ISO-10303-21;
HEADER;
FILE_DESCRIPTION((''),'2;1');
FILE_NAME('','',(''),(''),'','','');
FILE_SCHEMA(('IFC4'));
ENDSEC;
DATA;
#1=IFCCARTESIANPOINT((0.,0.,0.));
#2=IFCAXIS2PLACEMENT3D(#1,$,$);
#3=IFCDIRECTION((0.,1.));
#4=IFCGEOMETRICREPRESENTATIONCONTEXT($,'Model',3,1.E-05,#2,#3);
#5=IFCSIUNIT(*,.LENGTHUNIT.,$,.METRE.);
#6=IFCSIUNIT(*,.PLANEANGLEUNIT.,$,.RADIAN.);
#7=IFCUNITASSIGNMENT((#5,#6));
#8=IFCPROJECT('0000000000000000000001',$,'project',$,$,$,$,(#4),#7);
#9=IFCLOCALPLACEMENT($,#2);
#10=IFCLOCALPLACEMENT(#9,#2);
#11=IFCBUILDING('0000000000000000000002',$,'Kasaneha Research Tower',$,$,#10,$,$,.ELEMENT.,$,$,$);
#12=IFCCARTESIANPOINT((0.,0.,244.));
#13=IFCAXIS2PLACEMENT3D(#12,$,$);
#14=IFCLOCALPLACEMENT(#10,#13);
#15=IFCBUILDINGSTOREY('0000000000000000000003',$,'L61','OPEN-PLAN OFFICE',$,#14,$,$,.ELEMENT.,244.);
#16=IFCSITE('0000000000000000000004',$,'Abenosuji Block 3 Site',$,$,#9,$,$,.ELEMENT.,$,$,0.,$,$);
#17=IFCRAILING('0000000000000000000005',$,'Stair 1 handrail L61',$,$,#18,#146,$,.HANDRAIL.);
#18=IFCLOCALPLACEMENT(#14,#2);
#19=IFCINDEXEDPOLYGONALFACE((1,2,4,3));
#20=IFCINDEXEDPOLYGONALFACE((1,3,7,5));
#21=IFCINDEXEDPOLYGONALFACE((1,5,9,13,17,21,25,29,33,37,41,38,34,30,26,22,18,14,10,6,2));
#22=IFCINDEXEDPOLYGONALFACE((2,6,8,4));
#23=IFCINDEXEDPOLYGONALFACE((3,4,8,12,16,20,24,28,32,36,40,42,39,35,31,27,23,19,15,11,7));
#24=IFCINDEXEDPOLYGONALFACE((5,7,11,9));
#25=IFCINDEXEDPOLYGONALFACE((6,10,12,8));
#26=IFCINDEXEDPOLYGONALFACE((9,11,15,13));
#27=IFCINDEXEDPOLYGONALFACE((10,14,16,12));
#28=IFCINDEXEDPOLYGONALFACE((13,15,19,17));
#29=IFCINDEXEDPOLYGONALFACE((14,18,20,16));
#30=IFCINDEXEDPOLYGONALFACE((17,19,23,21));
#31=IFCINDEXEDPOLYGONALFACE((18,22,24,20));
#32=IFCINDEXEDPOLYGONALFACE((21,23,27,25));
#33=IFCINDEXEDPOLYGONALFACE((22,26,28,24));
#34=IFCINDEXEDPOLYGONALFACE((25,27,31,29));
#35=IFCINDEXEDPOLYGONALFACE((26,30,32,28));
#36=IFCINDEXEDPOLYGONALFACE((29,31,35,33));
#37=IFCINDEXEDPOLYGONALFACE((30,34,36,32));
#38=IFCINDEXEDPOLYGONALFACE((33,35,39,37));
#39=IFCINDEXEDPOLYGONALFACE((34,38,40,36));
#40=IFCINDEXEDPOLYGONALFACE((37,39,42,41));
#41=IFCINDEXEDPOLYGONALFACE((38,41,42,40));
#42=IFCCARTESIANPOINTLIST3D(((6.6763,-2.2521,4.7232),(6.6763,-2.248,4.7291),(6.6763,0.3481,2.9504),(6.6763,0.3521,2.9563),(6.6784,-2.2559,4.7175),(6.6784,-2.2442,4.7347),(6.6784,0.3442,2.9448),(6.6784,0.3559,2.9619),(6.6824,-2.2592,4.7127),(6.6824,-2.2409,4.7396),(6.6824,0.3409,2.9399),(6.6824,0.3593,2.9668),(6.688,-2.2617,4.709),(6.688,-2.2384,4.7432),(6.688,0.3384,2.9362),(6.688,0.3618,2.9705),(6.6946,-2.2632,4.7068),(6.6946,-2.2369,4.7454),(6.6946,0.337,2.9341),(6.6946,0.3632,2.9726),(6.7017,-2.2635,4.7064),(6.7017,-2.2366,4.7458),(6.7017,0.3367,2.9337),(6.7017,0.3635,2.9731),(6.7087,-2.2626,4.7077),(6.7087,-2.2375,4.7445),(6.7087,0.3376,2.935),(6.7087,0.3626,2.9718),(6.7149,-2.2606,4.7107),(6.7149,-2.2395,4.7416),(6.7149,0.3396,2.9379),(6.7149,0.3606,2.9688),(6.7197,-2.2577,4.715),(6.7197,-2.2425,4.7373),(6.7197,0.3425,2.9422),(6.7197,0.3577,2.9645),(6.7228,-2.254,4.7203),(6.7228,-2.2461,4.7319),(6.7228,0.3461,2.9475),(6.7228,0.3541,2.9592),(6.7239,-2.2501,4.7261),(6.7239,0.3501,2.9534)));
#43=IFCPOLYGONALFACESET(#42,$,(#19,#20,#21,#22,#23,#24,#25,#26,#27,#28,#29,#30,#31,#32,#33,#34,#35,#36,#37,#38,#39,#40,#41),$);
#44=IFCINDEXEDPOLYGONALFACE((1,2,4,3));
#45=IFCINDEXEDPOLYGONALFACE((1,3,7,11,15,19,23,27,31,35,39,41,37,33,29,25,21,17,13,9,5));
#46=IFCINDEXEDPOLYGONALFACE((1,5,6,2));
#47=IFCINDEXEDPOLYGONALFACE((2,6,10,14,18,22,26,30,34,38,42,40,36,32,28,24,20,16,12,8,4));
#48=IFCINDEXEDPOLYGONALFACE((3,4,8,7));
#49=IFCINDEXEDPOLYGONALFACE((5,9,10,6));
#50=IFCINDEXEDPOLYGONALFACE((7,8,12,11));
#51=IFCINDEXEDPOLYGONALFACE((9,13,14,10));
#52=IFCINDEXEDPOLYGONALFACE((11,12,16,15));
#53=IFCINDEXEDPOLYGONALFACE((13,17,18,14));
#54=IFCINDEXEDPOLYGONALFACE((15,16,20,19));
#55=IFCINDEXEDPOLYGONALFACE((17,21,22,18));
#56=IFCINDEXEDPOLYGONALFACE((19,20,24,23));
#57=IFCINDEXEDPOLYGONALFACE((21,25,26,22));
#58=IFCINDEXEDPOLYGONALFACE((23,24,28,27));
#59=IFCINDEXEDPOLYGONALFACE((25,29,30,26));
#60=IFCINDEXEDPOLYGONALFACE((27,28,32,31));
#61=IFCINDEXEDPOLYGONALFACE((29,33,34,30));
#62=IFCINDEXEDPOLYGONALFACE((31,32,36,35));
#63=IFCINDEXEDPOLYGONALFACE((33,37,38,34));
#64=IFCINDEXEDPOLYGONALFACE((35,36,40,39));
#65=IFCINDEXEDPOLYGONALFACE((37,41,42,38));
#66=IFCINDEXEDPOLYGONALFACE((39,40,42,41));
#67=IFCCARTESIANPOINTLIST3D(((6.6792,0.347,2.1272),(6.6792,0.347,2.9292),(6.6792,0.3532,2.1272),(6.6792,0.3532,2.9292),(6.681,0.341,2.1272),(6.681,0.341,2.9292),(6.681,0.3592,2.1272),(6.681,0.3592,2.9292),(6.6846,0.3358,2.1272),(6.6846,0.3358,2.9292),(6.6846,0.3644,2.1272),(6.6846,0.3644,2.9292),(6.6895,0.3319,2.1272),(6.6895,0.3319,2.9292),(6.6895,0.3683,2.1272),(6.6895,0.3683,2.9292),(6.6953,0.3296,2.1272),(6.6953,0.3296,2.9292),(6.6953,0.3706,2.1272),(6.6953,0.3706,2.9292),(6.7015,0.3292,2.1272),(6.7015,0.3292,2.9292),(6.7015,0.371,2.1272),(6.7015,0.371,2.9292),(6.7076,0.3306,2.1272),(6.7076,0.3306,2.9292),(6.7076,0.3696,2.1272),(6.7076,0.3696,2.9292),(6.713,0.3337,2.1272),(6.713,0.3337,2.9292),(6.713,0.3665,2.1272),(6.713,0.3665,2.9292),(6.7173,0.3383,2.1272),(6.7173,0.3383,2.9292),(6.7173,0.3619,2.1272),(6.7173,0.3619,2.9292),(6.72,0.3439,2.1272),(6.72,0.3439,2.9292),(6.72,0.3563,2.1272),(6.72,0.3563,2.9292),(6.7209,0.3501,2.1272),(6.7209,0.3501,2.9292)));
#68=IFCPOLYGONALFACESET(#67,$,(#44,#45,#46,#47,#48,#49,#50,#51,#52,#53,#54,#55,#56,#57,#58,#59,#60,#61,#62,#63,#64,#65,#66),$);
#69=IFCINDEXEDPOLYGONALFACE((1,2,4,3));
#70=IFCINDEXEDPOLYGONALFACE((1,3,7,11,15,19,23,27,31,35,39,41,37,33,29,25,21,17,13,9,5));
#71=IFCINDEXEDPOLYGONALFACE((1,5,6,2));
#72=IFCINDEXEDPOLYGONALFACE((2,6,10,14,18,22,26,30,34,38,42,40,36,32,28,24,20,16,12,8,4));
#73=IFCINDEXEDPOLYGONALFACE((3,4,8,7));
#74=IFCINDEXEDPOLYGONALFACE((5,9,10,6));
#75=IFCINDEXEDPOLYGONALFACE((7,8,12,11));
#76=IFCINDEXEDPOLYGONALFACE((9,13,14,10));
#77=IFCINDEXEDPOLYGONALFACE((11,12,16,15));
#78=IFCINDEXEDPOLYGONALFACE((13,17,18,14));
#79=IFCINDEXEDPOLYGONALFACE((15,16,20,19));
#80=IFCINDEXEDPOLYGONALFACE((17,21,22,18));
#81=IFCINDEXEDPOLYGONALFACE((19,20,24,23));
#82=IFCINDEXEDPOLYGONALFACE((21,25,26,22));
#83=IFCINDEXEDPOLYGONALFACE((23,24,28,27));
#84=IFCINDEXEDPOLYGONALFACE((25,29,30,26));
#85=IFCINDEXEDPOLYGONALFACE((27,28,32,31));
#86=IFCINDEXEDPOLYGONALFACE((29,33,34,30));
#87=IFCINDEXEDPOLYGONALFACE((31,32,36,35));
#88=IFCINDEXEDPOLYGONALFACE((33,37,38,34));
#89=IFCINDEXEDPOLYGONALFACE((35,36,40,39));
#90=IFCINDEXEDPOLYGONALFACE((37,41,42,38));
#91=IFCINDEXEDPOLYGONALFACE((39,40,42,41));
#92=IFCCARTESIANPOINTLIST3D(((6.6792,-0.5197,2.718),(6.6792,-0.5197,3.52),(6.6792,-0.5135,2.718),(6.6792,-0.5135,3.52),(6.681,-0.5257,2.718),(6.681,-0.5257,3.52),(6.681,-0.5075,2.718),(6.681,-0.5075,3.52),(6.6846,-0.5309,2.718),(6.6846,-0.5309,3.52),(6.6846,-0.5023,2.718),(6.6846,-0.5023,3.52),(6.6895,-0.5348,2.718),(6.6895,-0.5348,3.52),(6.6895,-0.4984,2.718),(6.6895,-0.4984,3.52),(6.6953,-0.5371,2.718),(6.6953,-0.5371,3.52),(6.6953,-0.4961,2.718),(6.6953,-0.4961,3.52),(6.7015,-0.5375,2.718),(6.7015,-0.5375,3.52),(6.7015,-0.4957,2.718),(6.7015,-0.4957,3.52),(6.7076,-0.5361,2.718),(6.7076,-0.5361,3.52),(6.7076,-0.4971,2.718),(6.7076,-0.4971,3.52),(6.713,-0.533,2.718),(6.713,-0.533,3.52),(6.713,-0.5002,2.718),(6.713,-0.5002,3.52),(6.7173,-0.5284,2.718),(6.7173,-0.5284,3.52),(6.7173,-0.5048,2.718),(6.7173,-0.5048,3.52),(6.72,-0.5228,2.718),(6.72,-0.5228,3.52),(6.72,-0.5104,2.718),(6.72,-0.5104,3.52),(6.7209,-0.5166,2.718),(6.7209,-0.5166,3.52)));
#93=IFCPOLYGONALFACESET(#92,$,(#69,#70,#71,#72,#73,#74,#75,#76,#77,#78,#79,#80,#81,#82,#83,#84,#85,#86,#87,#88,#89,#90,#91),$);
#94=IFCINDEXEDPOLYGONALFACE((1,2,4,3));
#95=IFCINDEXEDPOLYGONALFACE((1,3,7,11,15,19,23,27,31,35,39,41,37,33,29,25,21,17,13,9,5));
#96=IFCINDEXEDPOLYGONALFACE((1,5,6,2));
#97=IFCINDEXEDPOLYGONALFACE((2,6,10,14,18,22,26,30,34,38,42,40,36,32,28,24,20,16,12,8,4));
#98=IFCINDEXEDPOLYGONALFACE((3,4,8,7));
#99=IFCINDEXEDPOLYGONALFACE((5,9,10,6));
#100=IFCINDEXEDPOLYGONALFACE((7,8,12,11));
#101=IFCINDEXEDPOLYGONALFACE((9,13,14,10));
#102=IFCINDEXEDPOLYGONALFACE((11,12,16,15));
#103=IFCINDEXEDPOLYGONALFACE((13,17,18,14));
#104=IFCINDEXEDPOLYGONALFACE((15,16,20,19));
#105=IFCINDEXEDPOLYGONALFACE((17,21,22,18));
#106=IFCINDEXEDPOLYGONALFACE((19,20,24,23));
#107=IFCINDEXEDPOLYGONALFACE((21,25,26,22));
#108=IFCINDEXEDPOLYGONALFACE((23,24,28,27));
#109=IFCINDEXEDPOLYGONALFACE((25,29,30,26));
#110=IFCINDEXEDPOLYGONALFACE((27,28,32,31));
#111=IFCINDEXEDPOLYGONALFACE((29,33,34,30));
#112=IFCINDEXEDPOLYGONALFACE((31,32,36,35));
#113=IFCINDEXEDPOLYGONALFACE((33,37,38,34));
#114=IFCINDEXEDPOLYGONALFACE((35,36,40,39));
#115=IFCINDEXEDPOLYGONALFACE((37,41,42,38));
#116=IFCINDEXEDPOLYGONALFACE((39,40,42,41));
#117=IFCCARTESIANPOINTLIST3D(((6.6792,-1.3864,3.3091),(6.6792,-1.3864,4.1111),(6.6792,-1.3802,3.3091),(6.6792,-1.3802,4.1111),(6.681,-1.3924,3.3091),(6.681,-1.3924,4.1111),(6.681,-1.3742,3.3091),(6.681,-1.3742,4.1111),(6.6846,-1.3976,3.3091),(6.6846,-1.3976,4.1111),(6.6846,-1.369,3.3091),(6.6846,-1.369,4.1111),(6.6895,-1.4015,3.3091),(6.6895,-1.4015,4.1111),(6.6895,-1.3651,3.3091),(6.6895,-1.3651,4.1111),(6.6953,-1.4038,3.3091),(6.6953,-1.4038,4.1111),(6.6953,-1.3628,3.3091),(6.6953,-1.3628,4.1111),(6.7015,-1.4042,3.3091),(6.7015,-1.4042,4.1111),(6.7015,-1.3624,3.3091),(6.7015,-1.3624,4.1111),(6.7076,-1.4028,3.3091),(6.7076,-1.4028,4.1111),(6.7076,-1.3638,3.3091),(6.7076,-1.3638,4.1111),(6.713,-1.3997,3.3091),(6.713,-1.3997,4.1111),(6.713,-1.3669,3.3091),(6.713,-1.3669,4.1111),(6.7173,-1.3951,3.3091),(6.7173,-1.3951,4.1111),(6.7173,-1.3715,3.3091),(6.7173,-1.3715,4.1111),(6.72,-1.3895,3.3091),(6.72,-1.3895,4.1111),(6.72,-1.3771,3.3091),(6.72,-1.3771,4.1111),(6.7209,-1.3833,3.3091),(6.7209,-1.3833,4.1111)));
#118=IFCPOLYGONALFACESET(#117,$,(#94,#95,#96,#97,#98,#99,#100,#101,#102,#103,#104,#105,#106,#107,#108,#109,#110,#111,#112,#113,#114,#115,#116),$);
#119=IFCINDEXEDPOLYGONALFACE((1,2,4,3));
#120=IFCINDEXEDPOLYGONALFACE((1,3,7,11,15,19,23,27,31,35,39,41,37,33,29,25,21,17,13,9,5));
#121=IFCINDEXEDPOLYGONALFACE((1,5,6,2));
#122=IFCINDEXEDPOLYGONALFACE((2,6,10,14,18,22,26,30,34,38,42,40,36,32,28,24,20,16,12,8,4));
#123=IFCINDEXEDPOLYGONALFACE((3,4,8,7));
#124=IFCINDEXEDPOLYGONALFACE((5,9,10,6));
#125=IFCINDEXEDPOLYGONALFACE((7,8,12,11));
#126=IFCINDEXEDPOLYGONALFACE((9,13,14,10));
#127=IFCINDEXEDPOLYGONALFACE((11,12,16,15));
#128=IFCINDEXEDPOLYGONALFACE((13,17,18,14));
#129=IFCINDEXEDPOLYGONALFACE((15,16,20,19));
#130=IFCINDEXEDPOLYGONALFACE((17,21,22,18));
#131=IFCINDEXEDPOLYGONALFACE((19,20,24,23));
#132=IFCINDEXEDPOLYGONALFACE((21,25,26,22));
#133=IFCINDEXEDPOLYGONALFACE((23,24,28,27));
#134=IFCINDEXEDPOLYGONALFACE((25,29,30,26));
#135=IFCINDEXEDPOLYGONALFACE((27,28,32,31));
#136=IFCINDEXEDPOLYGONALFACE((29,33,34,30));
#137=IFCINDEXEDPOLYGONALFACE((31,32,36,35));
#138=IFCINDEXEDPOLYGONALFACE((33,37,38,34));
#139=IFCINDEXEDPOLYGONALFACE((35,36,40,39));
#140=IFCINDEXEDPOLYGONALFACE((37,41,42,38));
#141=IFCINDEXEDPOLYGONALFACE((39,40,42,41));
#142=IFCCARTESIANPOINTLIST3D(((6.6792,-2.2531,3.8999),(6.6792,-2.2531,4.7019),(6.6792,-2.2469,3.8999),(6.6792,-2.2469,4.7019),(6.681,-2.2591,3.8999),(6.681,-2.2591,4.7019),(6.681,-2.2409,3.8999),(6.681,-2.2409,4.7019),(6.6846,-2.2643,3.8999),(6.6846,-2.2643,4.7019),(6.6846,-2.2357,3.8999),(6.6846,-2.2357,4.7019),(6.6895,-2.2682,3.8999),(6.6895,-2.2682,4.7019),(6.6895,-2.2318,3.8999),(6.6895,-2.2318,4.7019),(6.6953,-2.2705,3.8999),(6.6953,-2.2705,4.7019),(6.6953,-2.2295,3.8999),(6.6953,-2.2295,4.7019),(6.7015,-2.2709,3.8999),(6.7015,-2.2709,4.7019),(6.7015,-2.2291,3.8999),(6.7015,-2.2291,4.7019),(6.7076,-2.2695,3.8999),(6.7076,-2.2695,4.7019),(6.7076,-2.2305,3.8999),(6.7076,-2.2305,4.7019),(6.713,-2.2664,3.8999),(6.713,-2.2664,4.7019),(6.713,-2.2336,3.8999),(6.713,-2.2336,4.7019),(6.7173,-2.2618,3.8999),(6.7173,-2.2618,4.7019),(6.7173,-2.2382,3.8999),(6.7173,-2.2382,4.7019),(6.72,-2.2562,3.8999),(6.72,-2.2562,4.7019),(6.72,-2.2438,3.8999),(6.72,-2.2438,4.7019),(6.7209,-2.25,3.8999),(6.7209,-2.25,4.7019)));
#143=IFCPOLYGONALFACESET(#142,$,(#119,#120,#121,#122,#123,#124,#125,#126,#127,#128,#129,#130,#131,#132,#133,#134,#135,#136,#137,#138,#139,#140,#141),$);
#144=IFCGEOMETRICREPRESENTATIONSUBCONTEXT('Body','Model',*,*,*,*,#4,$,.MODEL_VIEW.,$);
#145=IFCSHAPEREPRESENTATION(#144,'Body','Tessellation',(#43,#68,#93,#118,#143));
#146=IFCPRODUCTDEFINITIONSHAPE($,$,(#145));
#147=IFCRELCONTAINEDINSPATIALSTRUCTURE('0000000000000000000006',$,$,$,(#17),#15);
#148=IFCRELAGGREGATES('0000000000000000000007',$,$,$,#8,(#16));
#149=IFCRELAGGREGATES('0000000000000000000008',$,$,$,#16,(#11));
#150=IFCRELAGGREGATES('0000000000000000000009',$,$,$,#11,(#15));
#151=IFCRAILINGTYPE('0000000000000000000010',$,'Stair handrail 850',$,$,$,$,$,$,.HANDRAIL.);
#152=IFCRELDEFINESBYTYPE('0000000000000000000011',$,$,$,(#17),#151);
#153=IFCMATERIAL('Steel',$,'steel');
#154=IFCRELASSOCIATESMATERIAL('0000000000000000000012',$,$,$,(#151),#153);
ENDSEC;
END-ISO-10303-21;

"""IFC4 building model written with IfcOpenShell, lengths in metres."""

from ifc_helpers import new_model, si_unit, direction, frame, origin, origin_2d, place, context, subcontext, project, spatial, circle, extrude, material, type_object, element, save


model = new_model("IFC4")

# Units and contexts
model_context = context("Model", 3, precision=1e-05, world=origin(), true_north=direction((0.0, 1.0)))
body_context = subcontext(model_context, "Body", "Model", "MODEL_VIEW")
ifc_project = project(units=[si_unit("LENGTHUNIT", "METRE"), si_unit("PLANEANGLEUNIT", "RADIAN")], contexts=[model_context])

# Site, building, storey
site_placement = place(None, origin())
site = spatial("IfcSite", under=ifc_project, at=site_placement, Name="Abenosuji Block 3 Site", CompositionType="ELEMENT", RefElevation=0.0)
building_placement = place(site_placement, origin())
building = spatial("IfcBuilding", under=site, at=building_placement, Name="Kasaneha Research Tower", CompositionType="ELEMENT")
storey_placement = place(building_placement, frame((0.0, 0.0, 244.0)))
storey = spatial("IfcBuildingStorey", under=building, at=storey_placement, Name="L61", Description="OPEN-PLAN OFFICE", CompositionType="ELEMENT", Elevation=244.0)

# Railing
ifc_material_1 = material(Name="Steel", Category="steel")
railing_type_1 = type_object("IfcRailingType", Name="Stair handrail 850", PredefinedType="HANDRAIL", material=ifc_material_1)
railing_1_placement = place(storey_placement, frame((6.7, 0.3501, 2.1272)))
element("IfcRailing", 1, at=railing_1_placement, inside=storey, type_object=railing_type_1, Name="Stair 1 handrail L61", PredefinedType="HANDRAIL", context=body_context, shape_type="SweptSolid", body=[
    extrude(circle(Radius=0.0239, at=origin_2d()), frame((0.0, 0.0, 0.8262), z_axis=(0.0, -0.82624, 0.563318), x_axis=(1.0, 0.0, 0.0)), (0.0, 0.0, 1.0), 3.147),
    extrude(circle(Radius=0.021, at=origin_2d()), origin(), (0.0, 0.0, 1.0), 0.802),
    extrude(circle(Radius=0.021, at=origin_2d()), frame((0.0, -0.8667, 0.5908)), (0.0, 0.0, 1.0), 0.802),
    extrude(circle(Radius=0.021, at=origin_2d()), frame((0.0, -1.7334, 1.1819)), (0.0, 0.0, 1.0), 0.802),
    extrude(circle(Radius=0.021, at=origin_2d()), frame((0.0, -2.6001, 1.7727)), (0.0, 0.0, 1.0), 0.802),
])

save(model, "model.ifc")
